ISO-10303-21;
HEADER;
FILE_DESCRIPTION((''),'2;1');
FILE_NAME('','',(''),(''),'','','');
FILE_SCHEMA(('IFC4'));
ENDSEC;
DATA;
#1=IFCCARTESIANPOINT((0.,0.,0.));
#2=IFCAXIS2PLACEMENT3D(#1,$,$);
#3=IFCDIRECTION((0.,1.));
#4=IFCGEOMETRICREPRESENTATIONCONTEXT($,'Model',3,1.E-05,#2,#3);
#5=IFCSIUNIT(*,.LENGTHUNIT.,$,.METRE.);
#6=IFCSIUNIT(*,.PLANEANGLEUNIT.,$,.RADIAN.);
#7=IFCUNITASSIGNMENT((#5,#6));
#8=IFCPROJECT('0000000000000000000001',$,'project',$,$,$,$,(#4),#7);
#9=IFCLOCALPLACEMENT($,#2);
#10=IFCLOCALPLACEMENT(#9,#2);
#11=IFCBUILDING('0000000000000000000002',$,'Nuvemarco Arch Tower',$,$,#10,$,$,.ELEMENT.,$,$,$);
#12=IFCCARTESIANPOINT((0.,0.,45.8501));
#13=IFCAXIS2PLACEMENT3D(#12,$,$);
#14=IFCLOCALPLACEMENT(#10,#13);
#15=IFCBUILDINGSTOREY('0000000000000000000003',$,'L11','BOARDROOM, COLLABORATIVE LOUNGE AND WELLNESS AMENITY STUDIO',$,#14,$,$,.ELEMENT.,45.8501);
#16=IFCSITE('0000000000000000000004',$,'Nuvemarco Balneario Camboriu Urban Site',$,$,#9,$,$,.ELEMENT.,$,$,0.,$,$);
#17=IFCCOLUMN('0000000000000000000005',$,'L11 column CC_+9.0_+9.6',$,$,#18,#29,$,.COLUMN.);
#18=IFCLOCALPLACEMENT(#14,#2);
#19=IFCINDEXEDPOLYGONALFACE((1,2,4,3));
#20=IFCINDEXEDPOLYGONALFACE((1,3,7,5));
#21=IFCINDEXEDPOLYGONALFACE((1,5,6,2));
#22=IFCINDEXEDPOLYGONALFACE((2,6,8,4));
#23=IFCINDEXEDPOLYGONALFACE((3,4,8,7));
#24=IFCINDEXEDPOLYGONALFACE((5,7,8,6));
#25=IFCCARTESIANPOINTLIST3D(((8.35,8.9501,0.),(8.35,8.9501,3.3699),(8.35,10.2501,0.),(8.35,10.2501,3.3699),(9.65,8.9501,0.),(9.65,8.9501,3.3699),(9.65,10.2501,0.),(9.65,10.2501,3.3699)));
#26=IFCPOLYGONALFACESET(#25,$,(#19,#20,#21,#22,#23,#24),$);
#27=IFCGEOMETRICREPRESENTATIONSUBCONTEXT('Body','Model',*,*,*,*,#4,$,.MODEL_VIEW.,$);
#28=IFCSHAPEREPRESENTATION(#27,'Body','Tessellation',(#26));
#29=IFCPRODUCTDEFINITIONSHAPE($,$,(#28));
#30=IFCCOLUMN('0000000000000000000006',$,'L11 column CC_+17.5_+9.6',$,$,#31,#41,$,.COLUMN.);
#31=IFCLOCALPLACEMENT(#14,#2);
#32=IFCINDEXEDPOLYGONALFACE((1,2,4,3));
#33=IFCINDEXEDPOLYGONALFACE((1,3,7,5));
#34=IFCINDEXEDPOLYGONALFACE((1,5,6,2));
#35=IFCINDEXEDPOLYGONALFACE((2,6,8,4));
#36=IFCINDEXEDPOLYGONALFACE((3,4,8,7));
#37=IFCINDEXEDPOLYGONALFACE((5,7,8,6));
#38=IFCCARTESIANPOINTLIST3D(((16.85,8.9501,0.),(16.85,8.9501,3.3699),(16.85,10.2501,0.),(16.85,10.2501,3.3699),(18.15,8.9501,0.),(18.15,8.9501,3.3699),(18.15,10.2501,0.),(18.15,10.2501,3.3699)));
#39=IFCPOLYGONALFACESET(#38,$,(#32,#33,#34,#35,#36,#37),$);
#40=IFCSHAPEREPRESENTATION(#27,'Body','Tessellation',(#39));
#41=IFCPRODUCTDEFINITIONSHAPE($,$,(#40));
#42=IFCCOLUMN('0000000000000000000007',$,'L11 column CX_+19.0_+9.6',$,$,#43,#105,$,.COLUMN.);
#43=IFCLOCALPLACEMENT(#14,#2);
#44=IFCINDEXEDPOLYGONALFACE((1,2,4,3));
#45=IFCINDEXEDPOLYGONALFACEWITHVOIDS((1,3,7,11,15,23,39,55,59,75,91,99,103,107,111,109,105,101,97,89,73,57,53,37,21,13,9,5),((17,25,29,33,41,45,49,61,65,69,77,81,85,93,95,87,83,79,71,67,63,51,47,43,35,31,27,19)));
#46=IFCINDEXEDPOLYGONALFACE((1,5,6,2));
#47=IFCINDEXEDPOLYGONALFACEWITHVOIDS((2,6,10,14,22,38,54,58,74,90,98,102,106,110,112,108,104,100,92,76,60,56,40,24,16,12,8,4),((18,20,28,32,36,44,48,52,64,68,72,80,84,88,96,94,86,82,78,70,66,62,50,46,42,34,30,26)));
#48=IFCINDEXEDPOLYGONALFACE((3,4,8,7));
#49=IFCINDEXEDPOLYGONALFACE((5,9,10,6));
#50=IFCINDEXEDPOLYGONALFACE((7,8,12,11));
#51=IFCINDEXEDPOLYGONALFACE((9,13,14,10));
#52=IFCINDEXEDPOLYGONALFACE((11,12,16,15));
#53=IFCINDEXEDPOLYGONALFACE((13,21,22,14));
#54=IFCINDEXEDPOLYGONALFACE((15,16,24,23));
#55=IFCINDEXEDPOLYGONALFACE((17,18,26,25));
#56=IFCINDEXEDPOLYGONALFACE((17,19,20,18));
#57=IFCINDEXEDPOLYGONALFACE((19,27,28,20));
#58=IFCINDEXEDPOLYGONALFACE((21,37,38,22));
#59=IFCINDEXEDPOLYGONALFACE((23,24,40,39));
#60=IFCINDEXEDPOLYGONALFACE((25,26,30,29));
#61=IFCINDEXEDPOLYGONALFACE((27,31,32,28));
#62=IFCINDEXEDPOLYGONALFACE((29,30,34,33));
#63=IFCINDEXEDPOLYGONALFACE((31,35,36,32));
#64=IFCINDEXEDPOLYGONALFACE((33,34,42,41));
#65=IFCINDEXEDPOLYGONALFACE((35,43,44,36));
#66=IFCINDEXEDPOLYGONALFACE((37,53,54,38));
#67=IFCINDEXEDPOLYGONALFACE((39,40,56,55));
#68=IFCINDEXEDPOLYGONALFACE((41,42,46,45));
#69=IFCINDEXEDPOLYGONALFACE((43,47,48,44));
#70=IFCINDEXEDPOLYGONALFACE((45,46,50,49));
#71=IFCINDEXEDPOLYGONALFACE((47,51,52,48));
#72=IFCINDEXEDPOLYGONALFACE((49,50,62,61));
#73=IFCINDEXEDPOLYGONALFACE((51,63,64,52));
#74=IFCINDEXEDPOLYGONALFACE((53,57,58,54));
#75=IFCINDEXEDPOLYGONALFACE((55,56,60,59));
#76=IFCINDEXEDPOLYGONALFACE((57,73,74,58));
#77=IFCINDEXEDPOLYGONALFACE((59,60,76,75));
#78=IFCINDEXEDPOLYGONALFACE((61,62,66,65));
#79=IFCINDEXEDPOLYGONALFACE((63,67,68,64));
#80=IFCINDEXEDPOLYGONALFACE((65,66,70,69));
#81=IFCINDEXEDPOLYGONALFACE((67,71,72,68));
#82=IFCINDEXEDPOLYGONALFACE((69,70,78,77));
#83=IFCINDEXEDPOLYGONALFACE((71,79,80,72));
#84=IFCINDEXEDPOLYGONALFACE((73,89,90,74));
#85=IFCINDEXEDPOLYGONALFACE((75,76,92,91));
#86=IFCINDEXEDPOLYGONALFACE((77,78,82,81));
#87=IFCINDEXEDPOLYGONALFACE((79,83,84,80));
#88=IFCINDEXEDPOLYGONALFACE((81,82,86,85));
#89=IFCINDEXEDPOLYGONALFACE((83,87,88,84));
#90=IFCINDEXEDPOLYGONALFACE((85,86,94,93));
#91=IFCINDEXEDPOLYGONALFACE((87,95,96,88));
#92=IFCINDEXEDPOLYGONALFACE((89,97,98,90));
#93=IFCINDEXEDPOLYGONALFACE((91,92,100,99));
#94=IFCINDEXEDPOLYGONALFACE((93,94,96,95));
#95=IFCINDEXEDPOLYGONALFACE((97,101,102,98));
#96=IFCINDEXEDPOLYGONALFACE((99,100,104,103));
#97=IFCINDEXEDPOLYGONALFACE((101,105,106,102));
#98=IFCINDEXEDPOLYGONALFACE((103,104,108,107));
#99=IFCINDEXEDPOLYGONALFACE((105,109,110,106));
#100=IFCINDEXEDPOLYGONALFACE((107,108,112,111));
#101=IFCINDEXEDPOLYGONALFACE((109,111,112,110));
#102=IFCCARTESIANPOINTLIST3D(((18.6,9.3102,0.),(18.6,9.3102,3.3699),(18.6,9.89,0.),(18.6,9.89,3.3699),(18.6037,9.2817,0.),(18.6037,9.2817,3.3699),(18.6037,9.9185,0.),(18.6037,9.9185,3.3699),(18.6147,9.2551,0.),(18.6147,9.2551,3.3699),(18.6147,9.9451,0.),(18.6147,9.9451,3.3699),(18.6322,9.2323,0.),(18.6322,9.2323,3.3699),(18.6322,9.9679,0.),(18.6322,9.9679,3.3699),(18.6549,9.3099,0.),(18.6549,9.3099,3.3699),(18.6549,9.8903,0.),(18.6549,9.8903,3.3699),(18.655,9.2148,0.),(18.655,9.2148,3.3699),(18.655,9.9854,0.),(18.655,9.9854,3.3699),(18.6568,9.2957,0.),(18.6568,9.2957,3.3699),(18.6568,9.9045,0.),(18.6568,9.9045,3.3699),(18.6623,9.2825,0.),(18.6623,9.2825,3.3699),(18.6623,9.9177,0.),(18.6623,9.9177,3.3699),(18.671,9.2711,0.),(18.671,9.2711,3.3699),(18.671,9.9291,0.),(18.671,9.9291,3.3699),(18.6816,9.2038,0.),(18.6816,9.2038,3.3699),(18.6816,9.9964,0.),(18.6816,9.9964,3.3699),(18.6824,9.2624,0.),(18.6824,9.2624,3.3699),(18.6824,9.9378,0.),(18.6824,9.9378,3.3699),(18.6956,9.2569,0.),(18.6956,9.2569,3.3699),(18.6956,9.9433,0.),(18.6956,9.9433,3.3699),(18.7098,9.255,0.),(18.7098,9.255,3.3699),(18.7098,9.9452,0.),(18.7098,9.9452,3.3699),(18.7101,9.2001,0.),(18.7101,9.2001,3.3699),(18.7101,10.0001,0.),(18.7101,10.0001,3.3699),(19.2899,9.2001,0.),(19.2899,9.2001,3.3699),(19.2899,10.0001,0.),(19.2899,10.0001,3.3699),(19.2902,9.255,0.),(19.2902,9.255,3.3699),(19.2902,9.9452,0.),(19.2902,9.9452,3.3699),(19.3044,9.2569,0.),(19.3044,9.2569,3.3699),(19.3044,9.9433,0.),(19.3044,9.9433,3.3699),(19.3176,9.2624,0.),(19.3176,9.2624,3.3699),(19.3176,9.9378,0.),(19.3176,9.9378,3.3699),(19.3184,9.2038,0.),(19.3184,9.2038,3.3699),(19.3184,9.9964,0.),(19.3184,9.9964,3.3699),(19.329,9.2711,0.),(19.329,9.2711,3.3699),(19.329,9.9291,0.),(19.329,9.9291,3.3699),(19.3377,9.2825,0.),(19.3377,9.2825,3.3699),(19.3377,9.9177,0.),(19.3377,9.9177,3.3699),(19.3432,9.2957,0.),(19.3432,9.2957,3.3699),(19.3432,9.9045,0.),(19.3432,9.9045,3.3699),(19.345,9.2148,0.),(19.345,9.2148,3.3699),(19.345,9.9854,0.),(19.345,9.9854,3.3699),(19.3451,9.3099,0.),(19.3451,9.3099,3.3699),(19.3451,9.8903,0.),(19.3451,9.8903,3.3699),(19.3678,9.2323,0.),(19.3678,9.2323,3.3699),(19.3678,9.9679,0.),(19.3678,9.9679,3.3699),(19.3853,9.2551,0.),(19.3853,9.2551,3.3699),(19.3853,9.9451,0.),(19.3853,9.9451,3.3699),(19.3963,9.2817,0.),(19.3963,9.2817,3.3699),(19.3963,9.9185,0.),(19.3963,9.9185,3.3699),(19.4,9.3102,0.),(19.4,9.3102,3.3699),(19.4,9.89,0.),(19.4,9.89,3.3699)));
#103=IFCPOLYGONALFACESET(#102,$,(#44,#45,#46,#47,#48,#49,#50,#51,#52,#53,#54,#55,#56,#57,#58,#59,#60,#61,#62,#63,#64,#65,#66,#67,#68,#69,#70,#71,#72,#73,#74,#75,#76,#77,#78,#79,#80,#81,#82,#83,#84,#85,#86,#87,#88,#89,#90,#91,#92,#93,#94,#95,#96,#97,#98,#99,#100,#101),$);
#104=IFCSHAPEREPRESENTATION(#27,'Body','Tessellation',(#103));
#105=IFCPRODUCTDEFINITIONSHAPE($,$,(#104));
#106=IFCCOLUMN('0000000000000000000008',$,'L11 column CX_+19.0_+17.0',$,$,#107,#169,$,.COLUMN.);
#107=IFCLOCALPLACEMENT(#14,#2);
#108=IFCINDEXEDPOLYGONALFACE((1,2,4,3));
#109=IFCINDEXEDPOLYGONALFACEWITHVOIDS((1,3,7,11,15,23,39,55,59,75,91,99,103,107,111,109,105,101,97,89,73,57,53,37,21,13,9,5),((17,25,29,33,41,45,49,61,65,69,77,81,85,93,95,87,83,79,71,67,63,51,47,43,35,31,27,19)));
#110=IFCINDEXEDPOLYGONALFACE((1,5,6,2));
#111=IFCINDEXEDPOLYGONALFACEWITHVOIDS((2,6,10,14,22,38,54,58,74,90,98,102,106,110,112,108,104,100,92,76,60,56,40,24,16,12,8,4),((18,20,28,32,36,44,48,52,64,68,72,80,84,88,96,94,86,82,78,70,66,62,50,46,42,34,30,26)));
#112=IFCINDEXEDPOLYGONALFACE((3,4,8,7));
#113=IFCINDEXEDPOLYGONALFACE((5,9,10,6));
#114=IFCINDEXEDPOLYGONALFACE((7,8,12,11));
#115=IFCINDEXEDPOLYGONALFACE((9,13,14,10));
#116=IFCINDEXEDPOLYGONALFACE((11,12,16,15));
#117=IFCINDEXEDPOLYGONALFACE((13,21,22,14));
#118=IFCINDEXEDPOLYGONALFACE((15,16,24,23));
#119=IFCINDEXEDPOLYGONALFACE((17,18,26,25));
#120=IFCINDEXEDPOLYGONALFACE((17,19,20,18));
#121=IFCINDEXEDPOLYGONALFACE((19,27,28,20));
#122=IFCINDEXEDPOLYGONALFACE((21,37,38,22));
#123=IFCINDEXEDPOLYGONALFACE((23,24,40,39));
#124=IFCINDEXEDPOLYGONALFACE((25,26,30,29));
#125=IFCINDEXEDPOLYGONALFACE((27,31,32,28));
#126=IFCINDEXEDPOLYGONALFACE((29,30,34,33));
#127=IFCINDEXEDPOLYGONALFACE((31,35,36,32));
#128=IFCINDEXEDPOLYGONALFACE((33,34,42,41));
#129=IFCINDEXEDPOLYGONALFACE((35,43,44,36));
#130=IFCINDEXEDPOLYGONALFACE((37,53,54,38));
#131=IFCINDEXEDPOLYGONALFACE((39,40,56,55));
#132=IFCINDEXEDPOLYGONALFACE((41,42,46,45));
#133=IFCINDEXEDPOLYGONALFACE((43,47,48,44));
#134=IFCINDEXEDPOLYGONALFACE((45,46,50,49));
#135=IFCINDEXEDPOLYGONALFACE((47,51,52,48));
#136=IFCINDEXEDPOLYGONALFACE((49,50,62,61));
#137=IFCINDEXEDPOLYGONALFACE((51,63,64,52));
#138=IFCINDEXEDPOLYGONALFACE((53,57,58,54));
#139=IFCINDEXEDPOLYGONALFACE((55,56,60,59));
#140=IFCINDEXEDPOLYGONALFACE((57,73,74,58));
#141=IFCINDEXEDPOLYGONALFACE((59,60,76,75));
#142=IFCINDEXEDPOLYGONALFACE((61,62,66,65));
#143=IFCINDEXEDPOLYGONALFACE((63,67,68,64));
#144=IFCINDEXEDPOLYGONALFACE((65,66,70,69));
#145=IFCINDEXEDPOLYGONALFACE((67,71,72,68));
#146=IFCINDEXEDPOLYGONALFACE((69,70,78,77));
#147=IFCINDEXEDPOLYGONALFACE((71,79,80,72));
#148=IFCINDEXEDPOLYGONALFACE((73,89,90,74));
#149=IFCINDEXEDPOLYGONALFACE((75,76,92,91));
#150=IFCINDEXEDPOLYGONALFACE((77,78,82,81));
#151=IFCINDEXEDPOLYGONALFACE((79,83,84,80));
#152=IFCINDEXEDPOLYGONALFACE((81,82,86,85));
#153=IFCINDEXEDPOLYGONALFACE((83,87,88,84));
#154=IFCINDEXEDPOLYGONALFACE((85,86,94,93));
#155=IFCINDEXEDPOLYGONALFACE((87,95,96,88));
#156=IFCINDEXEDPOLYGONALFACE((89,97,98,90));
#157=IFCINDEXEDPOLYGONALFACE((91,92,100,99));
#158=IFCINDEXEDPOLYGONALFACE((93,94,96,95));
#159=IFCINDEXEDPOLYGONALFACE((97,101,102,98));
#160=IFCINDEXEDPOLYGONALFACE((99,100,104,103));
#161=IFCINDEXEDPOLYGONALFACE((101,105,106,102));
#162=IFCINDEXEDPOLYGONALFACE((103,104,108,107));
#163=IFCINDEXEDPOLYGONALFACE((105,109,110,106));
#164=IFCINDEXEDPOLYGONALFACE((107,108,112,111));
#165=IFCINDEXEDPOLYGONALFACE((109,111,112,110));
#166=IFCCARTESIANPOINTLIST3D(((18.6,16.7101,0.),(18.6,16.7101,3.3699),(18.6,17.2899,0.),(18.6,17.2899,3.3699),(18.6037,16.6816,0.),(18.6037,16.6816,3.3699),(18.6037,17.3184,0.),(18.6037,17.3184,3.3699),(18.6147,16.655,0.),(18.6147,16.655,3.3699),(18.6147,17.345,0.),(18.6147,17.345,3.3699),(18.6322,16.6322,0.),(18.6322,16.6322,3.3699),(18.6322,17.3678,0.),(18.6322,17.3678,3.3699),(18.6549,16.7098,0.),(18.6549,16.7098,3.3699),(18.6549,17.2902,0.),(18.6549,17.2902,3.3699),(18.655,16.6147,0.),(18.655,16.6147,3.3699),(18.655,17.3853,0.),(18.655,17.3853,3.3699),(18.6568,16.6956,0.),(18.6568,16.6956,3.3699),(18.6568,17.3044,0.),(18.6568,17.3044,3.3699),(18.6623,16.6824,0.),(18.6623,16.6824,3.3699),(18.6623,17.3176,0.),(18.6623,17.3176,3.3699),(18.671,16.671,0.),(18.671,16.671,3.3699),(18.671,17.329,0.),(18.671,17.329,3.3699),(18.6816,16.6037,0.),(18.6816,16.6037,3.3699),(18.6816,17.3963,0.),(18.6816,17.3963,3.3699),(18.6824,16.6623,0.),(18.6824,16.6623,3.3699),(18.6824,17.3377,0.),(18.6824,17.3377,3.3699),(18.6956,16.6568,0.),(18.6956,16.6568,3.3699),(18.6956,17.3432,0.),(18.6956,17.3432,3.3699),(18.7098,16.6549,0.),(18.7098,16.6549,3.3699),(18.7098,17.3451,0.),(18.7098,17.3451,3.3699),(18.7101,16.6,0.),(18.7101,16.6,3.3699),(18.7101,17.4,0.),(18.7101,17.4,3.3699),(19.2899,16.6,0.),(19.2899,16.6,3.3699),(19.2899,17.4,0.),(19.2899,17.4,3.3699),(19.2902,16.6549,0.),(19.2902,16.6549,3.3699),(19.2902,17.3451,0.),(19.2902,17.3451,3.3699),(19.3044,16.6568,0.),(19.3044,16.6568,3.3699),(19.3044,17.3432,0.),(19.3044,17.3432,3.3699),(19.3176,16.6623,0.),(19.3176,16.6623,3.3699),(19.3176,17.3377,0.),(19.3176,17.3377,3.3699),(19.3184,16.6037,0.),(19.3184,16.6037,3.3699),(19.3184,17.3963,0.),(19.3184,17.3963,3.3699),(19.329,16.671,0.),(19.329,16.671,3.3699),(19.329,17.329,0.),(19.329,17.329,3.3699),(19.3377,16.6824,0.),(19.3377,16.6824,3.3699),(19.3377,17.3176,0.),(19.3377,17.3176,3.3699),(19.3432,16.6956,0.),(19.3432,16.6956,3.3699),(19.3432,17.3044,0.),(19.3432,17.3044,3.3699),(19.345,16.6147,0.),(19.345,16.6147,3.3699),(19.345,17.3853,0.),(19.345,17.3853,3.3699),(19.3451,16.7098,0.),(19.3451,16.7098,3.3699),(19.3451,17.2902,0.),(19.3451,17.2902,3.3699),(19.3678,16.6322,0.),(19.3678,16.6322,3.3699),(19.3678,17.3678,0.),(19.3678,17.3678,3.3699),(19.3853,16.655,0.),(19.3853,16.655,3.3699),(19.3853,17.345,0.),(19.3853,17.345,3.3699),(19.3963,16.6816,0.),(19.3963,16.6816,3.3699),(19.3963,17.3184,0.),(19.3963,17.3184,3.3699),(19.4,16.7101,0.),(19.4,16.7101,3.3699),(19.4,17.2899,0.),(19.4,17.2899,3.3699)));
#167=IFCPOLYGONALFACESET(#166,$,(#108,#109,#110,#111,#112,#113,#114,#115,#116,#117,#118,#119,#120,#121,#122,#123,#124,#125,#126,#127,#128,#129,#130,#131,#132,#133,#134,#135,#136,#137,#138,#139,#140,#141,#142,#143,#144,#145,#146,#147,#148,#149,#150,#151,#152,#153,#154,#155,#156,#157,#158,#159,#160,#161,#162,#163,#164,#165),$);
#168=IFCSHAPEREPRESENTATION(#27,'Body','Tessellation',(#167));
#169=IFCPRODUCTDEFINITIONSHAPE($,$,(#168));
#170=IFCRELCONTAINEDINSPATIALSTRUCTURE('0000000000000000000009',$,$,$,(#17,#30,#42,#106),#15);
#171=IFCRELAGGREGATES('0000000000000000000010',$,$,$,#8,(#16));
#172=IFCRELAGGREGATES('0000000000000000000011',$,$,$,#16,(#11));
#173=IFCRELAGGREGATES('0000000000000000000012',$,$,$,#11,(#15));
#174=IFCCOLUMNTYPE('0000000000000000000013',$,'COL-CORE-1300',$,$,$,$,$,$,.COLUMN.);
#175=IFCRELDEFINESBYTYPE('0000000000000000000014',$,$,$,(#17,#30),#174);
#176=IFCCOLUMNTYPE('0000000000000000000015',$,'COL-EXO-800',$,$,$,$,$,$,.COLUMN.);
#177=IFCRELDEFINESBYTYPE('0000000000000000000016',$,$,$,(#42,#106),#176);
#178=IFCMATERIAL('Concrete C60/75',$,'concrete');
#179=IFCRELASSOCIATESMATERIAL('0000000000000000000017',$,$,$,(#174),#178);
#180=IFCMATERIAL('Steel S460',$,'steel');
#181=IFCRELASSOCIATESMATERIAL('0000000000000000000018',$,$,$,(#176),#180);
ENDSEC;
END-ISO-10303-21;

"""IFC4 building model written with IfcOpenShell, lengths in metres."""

from ifc_helpers import new_model, si_unit, direction, frame, origin, origin_2d, place, context, subcontext, project, spatial, rectangle, hollow_rectangle, extrude, material, material_profile, profile_set, type_object, element, save


model = new_model("IFC4")

# Units and contexts
model_context = context("Model", 3, precision=1e-05, world=origin(), true_north=direction((0.0, 1.0)))
body_context = subcontext(model_context, "Body", "Model", "MODEL_VIEW")
ifc_project = project(units=[si_unit("LENGTHUNIT", "METRE"), si_unit("PLANEANGLEUNIT", "RADIAN")], contexts=[model_context])

# Site, building, storey
site_placement = place(None, origin())
site = spatial("IfcSite", under=ifc_project, at=site_placement, Name="Nuvemarco Balneario Camboriu Urban Site", CompositionType="ELEMENT", RefElevation=0.0)
building_placement = place(site_placement, origin())
building = spatial("IfcBuilding", under=site, at=building_placement, Name="Nuvemarco Arch Tower", CompositionType="ELEMENT")
storey_placement = place(building_placement, frame((0.0, 0.0, 45.8501)))
storey = spatial("IfcBuildingStorey", under=building, at=storey_placement, Name="L11", Description="BOARDROOM, COLLABORATIVE LOUNGE AND WELLNESS AMENITY STUDIO", CompositionType="ELEMENT", Elevation=45.8501)

# Columns
ifc_material_1 = material(Name="Concrete C60/75", Category="concrete")
ifc_material_profile_1 = material_profile(ifc_material_1, rectangle(XDim=1.3, YDim=1.3, at=origin_2d()), Name="RC-COL-1300x1300")
ifc_profile_set_1 = profile_set([ifc_material_profile_1], Name="Concrete C60/75")
column_type_1 = type_object("IfcColumnType", Name="COL-CORE-1300", PredefinedType="COLUMN", material=ifc_profile_set_1)
for number, where, z_axis, x_axis, name in (
    (1, (9.0, 9.6001, 0.0), (0.0, 0.0, 1.0), (1.0, 0.0, 0.0), "L11 column CC_+9.0_+9.6"),
    (2, (17.5, 9.6001, 0.0), (0.0, 0.0, 1.0), (1.0, 0.0, 0.0), "L11 column CC_+17.5_+9.6"),
):
    element("IfcColumn", number, at=place(storey_placement, frame(where, z_axis=z_axis, x_axis=x_axis)), inside=storey, type_object=column_type_1, Name=name, PredefinedType="COLUMN", context=body_context, shape_type="SweptSolid", body=[
        extrude(rectangle(XDim=1.3, YDim=1.3, at=origin_2d()), origin(), (0.0, 0.0, 1.0), 3.3699),
    ])
ifc_material_2 = material(Name="Steel S460", Category="steel")
ifc_material_profile_2 = material_profile(ifc_material_2, hollow_rectangle(XDim=0.8, YDim=0.8, WallThickness=0.0549, InnerFilletRadius=0.0549, OuterFilletRadius=0.1101, at=origin_2d()), Name="SHS800x800x55")
ifc_profile_set_2 = profile_set([ifc_material_profile_2], Name="Steel S460")
column_type_2 = type_object("IfcColumnType", Name="COL-EXO-800", PredefinedType="COLUMN", material=ifc_profile_set_2)
for number, where, z_axis, x_axis, name in (
    (3, (19.0, 9.6001, 0.0), (0.0, 0.0, 1.0), (1.0, 0.0, 0.0), "L11 column CX_+19.0_+9.6"),
    (4, (19.0, 17.0, 0.0), (0.0, 0.0, 1.0), (1.0, 0.0, 0.0), "L11 column CX_+19.0_+17.0"),
):
    element("IfcColumn", number, at=place(storey_placement, frame(where, z_axis=z_axis, x_axis=x_axis)), inside=storey, type_object=column_type_2, Name=name, PredefinedType="COLUMN", context=body_context, shape_type="SweptSolid", body=[
        extrude(hollow_rectangle(XDim=0.8, YDim=0.8, WallThickness=0.0549, InnerFilletRadius=0.0549, OuterFilletRadius=0.1101, at=origin_2d()), origin(), (0.0, 0.0, 1.0), 3.3699),
    ])

save(model, "model.ifc")
